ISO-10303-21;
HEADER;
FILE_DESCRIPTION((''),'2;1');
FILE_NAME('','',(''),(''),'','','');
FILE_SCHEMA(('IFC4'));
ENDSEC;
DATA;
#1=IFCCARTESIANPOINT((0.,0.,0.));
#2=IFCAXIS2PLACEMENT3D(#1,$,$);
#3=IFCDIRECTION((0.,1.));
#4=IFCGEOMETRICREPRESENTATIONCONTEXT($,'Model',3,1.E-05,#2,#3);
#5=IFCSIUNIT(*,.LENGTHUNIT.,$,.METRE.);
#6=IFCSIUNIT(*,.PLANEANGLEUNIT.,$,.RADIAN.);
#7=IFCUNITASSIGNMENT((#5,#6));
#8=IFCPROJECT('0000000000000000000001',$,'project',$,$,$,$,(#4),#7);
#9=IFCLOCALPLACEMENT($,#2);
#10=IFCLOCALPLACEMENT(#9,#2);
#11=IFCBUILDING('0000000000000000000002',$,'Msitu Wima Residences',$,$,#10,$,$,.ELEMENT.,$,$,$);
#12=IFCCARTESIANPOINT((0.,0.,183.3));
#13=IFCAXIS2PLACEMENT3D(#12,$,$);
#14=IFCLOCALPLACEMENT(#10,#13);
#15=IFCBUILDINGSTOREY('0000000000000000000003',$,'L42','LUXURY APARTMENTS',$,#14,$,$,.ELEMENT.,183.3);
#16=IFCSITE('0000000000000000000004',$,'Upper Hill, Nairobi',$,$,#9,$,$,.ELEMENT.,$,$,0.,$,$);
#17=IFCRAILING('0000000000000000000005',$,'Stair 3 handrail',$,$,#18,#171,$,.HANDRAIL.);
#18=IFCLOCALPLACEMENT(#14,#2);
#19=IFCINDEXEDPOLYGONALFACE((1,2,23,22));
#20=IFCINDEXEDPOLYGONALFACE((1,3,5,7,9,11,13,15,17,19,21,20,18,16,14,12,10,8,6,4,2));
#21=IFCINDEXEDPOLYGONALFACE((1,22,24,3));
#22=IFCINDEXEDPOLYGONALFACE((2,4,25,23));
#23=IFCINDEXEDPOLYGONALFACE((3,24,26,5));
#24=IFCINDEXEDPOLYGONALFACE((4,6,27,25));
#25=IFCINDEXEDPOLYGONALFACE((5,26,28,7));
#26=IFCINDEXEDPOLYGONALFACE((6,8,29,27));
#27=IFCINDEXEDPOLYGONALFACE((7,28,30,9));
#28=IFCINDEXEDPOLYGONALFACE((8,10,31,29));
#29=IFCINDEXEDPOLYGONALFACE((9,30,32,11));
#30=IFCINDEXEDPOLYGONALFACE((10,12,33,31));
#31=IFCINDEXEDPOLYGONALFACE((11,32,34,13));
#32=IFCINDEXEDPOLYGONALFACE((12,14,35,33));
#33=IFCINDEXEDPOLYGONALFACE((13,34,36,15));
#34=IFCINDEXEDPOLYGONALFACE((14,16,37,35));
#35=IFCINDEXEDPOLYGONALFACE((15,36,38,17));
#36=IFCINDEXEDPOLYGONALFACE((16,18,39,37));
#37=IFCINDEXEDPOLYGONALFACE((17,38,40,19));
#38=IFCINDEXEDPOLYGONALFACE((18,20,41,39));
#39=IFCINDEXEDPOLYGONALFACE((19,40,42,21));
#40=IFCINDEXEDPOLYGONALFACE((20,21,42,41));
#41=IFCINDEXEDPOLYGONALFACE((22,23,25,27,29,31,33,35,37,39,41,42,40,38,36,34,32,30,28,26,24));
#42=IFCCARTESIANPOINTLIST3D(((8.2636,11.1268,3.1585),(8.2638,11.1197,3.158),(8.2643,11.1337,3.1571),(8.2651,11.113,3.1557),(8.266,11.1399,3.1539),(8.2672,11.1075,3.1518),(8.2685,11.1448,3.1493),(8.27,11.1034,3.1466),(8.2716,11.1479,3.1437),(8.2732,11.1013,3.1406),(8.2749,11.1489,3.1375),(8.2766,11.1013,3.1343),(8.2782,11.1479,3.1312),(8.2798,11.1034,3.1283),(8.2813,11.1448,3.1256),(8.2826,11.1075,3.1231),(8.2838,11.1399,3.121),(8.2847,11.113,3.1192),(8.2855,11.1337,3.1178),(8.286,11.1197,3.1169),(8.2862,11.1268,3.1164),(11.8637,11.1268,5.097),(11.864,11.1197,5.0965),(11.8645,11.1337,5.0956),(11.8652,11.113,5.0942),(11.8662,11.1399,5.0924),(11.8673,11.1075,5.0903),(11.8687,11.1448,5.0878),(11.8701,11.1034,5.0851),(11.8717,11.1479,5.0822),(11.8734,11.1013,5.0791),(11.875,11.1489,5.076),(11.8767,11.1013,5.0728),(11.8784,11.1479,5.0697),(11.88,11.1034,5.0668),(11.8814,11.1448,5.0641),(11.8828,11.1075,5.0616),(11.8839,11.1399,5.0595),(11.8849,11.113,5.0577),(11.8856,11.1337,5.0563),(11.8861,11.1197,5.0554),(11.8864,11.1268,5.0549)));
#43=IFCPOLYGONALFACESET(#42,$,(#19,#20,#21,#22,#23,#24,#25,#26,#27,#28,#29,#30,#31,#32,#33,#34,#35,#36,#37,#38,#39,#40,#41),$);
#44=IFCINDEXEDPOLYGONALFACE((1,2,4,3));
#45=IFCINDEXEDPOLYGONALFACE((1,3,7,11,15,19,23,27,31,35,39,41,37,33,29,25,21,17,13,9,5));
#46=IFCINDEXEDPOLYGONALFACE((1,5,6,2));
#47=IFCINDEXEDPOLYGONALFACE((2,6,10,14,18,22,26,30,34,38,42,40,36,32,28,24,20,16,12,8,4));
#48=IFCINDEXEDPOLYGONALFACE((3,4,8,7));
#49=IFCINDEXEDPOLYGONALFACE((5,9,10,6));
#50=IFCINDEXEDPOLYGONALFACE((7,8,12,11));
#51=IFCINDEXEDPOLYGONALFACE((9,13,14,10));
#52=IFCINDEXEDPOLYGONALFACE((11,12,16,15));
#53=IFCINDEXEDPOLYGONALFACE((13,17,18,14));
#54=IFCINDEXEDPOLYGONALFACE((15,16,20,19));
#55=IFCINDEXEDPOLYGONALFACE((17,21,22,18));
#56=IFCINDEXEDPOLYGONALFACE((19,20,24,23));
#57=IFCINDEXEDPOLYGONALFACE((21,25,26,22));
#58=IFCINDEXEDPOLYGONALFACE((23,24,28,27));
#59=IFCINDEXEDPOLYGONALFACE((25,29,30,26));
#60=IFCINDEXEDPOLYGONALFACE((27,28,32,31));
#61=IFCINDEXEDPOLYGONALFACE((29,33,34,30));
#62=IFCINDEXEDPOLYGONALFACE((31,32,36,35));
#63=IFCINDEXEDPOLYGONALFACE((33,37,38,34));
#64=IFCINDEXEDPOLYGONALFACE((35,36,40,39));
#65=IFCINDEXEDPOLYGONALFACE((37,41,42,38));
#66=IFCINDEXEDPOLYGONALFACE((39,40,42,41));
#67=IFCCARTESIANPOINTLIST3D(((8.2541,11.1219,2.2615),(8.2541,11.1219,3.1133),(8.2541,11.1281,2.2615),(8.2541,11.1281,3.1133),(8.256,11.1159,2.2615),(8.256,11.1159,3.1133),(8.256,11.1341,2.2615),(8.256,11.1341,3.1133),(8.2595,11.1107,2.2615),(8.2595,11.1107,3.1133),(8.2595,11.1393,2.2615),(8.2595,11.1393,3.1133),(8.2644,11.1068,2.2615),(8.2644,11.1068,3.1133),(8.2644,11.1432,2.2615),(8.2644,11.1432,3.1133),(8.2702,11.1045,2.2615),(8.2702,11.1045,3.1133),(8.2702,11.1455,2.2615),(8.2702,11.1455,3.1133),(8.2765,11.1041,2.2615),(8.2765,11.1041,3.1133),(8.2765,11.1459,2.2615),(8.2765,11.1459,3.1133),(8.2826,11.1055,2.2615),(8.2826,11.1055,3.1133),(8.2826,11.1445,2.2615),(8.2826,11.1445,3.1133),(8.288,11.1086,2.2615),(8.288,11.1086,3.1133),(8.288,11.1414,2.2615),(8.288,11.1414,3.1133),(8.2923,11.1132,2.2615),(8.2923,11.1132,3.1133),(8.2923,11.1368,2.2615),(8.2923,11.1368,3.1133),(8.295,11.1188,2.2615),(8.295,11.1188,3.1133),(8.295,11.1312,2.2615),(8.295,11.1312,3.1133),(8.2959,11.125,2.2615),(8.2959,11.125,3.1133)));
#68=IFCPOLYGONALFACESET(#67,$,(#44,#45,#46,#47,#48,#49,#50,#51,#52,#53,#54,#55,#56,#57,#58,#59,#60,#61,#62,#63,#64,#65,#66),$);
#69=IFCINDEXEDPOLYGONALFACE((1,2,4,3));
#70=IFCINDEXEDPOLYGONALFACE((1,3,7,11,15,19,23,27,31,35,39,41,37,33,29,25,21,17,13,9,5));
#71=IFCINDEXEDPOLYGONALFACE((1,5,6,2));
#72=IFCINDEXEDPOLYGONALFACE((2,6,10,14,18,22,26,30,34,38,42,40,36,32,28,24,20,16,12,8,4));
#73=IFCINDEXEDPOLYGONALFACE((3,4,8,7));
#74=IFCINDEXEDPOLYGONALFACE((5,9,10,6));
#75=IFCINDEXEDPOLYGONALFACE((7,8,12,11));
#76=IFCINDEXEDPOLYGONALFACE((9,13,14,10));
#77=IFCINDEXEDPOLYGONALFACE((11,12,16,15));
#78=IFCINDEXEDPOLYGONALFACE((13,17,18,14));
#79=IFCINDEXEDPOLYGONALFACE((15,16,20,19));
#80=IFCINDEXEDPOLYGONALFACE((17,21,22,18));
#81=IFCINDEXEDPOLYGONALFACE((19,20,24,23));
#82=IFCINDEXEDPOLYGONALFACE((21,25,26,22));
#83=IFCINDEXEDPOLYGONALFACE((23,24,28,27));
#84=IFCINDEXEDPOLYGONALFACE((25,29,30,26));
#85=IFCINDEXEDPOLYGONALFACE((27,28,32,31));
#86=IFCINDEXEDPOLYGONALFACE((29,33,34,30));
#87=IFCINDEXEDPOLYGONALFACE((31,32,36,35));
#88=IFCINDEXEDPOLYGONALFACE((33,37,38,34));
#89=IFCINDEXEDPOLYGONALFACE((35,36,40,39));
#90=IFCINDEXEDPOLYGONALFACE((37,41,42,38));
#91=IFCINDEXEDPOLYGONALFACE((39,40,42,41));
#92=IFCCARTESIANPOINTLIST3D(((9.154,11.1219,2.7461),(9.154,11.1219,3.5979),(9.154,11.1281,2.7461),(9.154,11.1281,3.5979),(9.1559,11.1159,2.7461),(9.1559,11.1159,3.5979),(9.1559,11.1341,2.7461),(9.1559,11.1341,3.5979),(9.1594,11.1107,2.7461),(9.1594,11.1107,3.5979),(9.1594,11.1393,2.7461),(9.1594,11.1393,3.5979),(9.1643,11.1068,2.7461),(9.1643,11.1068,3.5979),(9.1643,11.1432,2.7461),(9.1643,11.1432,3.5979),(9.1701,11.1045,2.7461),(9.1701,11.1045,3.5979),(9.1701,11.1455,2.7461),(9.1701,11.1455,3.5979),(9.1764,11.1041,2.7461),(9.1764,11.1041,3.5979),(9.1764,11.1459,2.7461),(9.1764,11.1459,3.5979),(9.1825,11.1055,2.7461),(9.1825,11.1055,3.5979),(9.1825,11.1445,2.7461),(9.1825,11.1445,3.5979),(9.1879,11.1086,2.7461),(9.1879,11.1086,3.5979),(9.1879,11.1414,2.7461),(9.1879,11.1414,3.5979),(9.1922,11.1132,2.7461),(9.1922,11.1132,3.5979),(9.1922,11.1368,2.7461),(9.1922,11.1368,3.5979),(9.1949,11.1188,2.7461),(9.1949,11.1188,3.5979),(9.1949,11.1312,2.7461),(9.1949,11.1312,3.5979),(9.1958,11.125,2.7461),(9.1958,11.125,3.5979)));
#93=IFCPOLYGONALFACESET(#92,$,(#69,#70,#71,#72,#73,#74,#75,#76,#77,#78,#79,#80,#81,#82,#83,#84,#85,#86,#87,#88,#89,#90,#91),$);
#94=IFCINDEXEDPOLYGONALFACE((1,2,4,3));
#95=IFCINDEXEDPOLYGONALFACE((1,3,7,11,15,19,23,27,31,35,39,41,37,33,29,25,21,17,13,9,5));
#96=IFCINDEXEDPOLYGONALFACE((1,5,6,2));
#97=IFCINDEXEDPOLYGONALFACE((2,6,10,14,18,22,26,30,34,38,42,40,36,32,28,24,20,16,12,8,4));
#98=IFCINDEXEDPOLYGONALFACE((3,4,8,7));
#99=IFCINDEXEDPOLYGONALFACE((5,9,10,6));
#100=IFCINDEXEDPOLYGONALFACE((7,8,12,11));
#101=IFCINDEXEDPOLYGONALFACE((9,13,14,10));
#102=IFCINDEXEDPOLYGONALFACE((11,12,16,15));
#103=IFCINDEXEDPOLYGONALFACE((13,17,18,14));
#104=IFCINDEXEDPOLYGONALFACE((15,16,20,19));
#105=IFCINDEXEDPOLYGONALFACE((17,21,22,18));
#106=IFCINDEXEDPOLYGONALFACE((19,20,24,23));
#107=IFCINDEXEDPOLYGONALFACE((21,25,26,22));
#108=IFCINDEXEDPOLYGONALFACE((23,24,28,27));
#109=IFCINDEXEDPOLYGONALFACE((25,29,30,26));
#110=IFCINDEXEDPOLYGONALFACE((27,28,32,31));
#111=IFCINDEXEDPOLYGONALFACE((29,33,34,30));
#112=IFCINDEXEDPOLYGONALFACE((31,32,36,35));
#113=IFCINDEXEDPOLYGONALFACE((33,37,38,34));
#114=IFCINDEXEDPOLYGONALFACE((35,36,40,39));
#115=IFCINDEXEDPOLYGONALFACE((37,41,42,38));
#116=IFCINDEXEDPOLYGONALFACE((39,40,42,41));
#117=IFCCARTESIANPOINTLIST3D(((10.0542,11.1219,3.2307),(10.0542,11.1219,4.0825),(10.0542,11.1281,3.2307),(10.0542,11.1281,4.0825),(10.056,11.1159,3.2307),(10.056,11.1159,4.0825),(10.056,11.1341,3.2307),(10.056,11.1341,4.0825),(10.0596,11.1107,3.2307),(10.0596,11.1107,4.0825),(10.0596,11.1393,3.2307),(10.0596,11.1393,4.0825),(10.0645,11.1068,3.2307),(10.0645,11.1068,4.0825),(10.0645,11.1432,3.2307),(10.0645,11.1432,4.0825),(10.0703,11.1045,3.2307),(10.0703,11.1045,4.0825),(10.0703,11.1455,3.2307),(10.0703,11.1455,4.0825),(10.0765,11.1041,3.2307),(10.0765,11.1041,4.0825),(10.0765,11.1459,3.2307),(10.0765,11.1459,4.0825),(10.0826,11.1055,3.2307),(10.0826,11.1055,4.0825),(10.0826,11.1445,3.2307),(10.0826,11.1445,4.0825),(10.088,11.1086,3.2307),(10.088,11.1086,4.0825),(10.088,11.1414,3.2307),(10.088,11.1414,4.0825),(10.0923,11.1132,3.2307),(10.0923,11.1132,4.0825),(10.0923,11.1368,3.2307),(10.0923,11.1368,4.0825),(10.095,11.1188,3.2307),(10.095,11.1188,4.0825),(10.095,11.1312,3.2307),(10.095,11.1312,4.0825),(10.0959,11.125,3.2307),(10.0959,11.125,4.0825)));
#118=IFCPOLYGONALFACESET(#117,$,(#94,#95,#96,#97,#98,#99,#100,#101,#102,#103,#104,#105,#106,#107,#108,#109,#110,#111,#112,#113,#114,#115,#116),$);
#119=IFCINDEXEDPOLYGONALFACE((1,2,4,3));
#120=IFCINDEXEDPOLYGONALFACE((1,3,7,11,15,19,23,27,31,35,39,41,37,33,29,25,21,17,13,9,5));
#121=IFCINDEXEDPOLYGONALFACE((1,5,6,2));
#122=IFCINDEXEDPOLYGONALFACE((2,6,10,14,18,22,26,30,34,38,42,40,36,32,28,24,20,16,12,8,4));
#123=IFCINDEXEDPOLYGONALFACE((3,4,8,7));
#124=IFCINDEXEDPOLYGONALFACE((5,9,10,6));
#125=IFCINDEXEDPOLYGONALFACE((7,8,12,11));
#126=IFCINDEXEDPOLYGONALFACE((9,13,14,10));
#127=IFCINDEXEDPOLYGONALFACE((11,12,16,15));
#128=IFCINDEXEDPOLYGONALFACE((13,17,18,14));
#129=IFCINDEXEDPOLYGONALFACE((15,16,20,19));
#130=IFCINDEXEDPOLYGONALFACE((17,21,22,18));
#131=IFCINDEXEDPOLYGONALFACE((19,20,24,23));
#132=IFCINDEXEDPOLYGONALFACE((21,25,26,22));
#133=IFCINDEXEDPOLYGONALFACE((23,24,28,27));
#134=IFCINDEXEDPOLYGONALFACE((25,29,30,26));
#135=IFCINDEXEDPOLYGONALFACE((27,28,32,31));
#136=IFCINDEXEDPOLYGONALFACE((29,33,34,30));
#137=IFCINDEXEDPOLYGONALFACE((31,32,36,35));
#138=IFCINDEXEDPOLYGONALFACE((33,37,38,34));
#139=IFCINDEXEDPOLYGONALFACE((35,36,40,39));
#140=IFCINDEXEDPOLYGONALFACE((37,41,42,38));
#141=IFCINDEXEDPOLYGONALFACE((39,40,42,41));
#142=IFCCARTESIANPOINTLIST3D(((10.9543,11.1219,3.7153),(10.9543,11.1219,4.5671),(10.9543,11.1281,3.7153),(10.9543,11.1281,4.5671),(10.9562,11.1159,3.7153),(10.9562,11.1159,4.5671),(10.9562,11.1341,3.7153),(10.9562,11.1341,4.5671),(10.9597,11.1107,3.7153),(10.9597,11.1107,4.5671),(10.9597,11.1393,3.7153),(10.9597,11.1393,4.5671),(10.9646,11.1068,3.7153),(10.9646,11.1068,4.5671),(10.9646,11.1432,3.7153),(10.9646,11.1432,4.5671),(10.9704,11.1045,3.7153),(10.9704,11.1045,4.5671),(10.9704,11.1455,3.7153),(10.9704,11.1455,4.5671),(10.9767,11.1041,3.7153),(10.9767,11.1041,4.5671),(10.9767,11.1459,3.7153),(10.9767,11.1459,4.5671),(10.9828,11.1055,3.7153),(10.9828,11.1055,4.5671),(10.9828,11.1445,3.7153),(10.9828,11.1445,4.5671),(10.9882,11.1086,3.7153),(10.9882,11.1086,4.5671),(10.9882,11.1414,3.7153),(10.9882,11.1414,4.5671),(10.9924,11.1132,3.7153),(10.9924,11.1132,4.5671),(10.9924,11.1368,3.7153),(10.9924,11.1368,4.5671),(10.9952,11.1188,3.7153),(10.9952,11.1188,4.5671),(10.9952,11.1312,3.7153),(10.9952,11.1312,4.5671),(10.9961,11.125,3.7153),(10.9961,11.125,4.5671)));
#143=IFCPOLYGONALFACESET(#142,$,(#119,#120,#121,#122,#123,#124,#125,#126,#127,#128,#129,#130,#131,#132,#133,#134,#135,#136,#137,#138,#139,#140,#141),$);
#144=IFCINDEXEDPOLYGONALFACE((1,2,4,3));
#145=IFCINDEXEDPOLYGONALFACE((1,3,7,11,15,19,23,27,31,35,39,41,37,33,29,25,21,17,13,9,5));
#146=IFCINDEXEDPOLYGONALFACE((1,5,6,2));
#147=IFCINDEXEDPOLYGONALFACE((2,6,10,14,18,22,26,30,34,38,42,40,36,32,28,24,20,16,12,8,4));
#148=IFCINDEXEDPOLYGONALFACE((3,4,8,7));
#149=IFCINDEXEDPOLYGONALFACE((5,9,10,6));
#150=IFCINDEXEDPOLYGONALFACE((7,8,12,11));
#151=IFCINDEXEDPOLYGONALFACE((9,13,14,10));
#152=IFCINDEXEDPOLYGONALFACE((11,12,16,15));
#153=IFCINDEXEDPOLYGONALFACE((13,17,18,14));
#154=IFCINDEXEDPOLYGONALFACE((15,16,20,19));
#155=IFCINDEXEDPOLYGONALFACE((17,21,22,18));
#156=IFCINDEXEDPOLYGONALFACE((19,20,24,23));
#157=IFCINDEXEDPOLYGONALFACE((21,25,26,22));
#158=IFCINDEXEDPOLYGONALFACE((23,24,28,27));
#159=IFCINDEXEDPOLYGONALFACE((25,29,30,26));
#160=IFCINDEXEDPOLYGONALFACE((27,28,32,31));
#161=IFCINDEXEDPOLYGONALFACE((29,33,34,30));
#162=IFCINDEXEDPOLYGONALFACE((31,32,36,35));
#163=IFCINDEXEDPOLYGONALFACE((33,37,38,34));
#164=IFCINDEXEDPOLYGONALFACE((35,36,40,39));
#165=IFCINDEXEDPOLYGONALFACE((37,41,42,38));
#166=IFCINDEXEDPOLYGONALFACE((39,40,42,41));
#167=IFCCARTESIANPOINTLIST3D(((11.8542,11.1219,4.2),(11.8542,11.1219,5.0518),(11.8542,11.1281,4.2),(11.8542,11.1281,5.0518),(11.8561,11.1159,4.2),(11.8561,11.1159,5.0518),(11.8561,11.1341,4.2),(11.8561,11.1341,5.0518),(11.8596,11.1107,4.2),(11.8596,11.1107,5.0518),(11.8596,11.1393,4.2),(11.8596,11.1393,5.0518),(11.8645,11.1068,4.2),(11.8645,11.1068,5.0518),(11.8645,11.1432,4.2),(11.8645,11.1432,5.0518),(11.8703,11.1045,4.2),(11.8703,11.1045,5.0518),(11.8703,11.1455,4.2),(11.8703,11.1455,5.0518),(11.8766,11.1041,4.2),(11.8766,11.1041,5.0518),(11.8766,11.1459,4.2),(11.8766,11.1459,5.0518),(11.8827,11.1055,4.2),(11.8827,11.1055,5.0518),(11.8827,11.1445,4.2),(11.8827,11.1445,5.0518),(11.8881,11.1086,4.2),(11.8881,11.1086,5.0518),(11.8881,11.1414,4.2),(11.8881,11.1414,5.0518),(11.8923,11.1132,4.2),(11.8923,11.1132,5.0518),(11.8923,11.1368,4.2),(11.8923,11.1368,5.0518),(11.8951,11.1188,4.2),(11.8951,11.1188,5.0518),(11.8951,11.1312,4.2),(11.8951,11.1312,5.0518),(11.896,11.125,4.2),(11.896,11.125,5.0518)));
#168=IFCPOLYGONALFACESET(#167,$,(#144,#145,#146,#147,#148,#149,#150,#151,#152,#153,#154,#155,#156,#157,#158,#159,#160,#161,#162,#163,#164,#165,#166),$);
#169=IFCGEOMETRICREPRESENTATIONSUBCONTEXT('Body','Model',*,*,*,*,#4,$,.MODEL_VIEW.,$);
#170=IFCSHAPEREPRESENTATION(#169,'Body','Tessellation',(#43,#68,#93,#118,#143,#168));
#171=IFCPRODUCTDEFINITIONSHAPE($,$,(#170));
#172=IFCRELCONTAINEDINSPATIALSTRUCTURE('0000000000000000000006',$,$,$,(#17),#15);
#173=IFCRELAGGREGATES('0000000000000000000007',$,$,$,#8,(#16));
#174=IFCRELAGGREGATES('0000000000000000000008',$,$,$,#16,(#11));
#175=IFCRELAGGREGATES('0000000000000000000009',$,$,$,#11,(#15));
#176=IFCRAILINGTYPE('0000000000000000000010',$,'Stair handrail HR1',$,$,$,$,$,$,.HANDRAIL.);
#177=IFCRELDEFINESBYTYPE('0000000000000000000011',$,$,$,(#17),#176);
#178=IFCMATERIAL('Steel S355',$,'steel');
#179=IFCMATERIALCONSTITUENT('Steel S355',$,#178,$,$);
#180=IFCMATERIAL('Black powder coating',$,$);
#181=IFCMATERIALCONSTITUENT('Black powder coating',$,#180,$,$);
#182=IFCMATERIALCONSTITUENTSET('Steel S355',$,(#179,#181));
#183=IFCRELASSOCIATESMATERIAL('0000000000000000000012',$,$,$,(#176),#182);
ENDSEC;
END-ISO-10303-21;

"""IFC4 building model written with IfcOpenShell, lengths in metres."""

from ifc_helpers import new_model, si_unit, direction, frame, origin, origin_2d, place, context, subcontext, project, spatial, circle, extrude, material, constituent, constituent_set, type_object, element, save


model = new_model("IFC4")

# Units and contexts
model_context = context("Model", 3, precision=1e-05, world=origin(), true_north=direction((0.0, 1.0)))
body_context = subcontext(model_context, "Body", "Model", "MODEL_VIEW")
ifc_project = project(units=[si_unit("LENGTHUNIT", "METRE"), si_unit("PLANEANGLEUNIT", "RADIAN")], contexts=[model_context])

# Site, building, storey
site_placement = place(None, origin())
site = spatial("IfcSite", under=ifc_project, at=site_placement, Name="Upper Hill, Nairobi", CompositionType="ELEMENT", RefElevation=0.0)
building_placement = place(site_placement, origin())
building = spatial("IfcBuilding", under=site, at=building_placement, Name="Msitu Wima Residences", CompositionType="ELEMENT")
storey_placement = place(building_placement, frame((0.0, 0.0, 183.3)))
storey = spatial("IfcBuildingStorey", under=building, at=storey_placement, Name="L42", Description="LUXURY APARTMENTS", CompositionType="ELEMENT", Elevation=183.3)

# Railing
ifc_material_1 = material(Name="Steel S355", Category="steel")
ifc_constituent_1 = constituent(ifc_material_1, Name="Steel S355")
ifc_material_2 = material(Name="Black powder coating")
ifc_constituent_2 = constituent(ifc_material_2, Name="Black powder coating")
ifc_constituent_set_1 = constituent_set(constituents=[ifc_constituent_1, ifc_constituent_2], Name="Steel S355")
railing_type_1 = type_object("IfcRailingType", Name="Stair handrail HR1", PredefinedType="HANDRAIL", material=ifc_constituent_set_1)
railing_1_placement = place(storey_placement, frame((8.2749, 11.125, 2.2615)))
element("IfcRailing", 1, at=railing_1_placement, inside=storey, type_object=railing_type_1, Name="Stair 3 handrail", PredefinedType="HANDRAIL", context=body_context, shape_type="SweptSolid", body=[
    extrude(circle(Radius=0.0239, at=origin_2d()), frame((0.0, 0.0, 0.876), z_axis=(0.880475, 0.0, 0.474093), x_axis=(0.0, 1.0, 0.0)), (0.0, 0.0, 1.0), 4.0889),
    extrude(circle(Radius=0.021, at=origin_2d()), origin(), (0.0, 0.0, 1.0), 0.8518),
    extrude(circle(Radius=0.021, at=origin_2d()), frame((0.8999, 0.0, 0.4846)), (0.0, 0.0, 1.0), 0.8518),
    extrude(circle(Radius=0.021, at=origin_2d()), frame((1.8, 0.0, 0.9692)), (0.0, 0.0, 1.0), 0.8518),
    extrude(circle(Radius=0.021, at=origin_2d()), frame((2.7002, 0.0, 1.4539)), (0.0, 0.0, 1.0), 0.8518),
    extrude(circle(Radius=0.021, at=origin_2d()), frame((3.6001, 0.0, 1.9385)), (0.0, 0.0, 1.0), 0.8518),
])

save(model, "model.ifc")
